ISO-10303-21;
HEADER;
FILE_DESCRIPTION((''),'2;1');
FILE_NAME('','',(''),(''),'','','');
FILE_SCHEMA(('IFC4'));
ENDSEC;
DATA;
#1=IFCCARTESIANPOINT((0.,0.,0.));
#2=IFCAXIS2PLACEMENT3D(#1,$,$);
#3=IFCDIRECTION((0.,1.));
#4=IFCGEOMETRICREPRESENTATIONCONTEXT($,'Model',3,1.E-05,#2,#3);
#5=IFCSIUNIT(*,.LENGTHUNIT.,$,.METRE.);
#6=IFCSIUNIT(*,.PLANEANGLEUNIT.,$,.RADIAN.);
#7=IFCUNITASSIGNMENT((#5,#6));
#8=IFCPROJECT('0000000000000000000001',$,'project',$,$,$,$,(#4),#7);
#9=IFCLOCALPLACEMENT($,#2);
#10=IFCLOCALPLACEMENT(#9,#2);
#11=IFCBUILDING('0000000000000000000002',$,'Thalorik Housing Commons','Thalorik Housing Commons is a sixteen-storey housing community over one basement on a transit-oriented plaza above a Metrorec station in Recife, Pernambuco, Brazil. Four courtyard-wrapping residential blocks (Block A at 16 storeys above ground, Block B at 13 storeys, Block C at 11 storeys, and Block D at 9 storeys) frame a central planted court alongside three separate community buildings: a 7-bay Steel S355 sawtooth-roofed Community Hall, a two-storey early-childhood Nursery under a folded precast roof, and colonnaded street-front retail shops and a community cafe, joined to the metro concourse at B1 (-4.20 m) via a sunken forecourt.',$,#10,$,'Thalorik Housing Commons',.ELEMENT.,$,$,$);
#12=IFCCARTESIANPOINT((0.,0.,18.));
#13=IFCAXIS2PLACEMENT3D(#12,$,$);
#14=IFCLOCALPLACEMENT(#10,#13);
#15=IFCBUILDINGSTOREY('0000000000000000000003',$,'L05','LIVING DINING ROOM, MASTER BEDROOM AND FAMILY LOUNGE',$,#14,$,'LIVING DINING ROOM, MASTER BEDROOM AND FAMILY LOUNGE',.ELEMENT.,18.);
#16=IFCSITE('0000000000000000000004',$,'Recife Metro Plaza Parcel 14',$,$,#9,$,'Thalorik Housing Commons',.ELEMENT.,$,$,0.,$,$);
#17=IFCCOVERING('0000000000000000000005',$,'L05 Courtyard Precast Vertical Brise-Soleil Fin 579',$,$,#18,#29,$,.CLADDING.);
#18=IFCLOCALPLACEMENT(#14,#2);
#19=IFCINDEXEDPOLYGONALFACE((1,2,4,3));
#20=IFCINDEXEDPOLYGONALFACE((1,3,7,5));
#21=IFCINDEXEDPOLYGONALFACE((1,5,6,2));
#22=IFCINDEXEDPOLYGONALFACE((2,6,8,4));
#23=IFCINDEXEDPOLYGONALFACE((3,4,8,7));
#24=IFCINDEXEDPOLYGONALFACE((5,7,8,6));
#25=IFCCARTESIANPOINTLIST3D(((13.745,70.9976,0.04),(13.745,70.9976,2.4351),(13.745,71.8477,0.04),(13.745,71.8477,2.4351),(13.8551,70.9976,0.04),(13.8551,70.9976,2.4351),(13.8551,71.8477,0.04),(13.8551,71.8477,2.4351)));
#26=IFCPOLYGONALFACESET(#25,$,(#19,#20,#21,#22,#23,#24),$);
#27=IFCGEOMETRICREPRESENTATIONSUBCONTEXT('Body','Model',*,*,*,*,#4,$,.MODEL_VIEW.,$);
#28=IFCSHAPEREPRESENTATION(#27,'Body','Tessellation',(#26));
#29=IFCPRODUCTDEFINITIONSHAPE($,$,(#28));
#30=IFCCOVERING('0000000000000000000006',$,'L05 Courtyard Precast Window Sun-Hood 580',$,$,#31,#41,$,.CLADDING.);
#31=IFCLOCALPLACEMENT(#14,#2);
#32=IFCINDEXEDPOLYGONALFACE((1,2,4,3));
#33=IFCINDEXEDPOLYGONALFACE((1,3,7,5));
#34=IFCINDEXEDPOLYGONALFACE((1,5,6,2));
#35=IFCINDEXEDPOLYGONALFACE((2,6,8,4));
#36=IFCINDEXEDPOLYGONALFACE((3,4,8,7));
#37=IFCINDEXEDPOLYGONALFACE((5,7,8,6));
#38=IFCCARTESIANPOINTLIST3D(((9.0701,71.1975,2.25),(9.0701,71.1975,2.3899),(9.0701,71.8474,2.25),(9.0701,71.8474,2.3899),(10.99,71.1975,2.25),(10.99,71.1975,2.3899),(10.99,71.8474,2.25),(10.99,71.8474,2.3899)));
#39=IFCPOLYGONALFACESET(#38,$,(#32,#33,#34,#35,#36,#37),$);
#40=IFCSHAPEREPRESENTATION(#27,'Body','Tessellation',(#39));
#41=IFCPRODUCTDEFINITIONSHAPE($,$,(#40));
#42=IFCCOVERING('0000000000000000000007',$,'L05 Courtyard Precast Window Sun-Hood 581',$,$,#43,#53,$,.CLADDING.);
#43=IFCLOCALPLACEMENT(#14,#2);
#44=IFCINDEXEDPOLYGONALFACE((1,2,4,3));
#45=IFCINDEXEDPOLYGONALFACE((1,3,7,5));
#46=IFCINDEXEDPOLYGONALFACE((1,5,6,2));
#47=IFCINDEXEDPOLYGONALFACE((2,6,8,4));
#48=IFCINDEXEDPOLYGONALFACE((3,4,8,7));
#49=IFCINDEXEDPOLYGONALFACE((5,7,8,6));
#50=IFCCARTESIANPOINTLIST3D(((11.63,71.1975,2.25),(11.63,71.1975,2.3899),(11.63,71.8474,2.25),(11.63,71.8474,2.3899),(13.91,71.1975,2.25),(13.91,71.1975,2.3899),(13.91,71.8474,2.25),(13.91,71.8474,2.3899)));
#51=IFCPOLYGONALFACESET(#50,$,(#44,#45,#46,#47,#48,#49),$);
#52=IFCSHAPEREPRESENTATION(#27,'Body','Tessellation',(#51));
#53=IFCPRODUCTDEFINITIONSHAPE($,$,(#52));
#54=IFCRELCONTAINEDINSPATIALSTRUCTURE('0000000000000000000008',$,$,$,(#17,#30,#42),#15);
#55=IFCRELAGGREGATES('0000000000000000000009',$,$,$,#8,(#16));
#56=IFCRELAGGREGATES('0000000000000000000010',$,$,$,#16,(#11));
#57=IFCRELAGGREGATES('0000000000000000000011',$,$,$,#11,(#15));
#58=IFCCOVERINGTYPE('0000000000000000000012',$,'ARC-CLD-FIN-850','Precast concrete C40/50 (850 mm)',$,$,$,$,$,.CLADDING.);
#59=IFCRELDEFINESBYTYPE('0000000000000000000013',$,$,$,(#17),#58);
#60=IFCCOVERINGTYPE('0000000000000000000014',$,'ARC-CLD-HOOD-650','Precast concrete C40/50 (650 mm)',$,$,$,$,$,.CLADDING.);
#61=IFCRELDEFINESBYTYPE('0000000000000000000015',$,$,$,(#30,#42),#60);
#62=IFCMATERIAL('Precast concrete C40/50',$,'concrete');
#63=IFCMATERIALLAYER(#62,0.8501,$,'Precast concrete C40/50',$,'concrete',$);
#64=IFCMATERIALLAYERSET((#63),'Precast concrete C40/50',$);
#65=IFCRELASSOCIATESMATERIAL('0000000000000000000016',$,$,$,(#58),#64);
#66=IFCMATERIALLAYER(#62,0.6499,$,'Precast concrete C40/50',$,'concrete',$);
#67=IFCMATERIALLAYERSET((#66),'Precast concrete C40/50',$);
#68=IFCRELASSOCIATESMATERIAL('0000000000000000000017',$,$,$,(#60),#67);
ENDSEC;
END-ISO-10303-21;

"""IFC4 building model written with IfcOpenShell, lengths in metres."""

from ifc_helpers import new_model, si_unit, direction, frame, origin, origin_2d, place, context, subcontext, project, spatial, rectangle, extrude, material, layer, layer_set, type_object, element, save


model = new_model("IFC4")

# Units and contexts
model_context = context("Model", 3, precision=1e-05, world=origin(), true_north=direction((0.0, 1.0)))
body_context = subcontext(model_context, "Body", "Model", "MODEL_VIEW")
ifc_project = project(units=[si_unit("LENGTHUNIT", "METRE"), si_unit("PLANEANGLEUNIT", "RADIAN")], contexts=[model_context])

# Site, building, storey
site_placement = place(None, origin())
site = spatial("IfcSite", under=ifc_project, at=site_placement, Name="Recife Metro Plaza Parcel 14", LongName="Thalorik Housing Commons", CompositionType="ELEMENT", RefElevation=0.0)
building_placement = place(site_placement, origin())
building = spatial("IfcBuilding", under=site, at=building_placement, Name="Thalorik Housing Commons", Description="Thalorik Housing Commons is a sixteen-storey housing community over one basement on a transit-oriented plaza above a Metrorec station in Recife, Pernambuco, Brazil. Four courtyard-wrapping residential blocks (Block A at 16 storeys above ground, Block B at 13 storeys, Block C at 11 storeys, and Block D at 9 storeys) frame a central planted court alongside three separate community buildings: a 7-bay Steel S355 sawtooth-roofed Community Hall, a two-storey early-childhood Nursery under a folded precast roof, and colonnaded street-front retail shops and a community cafe, joined to the metro concourse at B1 (-4.20 m) via a sunken forecourt.", LongName="Thalorik Housing Commons", CompositionType="ELEMENT")
storey_placement = place(building_placement, frame((0.0, 0.0, 18.0)))
storey = spatial("IfcBuildingStorey", under=building, at=storey_placement, Name="L05", Description="LIVING DINING ROOM, MASTER BEDROOM AND FAMILY LOUNGE", LongName="LIVING DINING ROOM, MASTER BEDROOM AND FAMILY LOUNGE", CompositionType="ELEMENT", Elevation=18.0)

# Shared definitions
ifc_material_1 = material(Name="Precast concrete C40/50", Category="concrete")

# Coverings
ifc_layer_1 = layer(ifc_material_1, 0.8501, Name="Precast concrete C40/50", Category="concrete")
ifc_layer_set_1 = layer_set([ifc_layer_1], Name="Precast concrete C40/50")
covering_type_1 = type_object("IfcCoveringType", Name="ARC-CLD-FIN-850", Description="Precast concrete C40/50 (850 mm)", PredefinedType="CLADDING", material=ifc_layer_set_1)
covering_1_placement = place(storey_placement, frame((13.8, 71.4226, 0.04), z_axis=(0.0, 0.0, 1.0), x_axis=(1.0, 0.0, 0.0)))
element("IfcCovering", 1, at=covering_1_placement, inside=storey, type_object=covering_type_1, Name="L05 Courtyard Precast Vertical Brise-Soleil Fin 579", PredefinedType="CLADDING", context=body_context, shape_type="SweptSolid", body=[
    extrude(rectangle(XDim=0.1101, YDim=0.8501, at=origin_2d()), origin(), (0.0, 0.0, 1.0), 2.395),
])
ifc_layer_2 = layer(ifc_material_1, 0.6499, Name="Precast concrete C40/50", Category="concrete")
ifc_layer_set_2 = layer_set([ifc_layer_2], Name="Precast concrete C40/50")
covering_type_2 = type_object("IfcCoveringType", Name="ARC-CLD-HOOD-650", Description="Precast concrete C40/50 (650 mm)", PredefinedType="CLADDING", material=ifc_layer_set_2)
covering_2_placement = place(storey_placement, frame((10.03, 71.5225, 2.25), z_axis=(0.0, 0.0, 1.0), x_axis=(1.0, 0.0, 0.0)))
element("IfcCovering", 2, at=covering_2_placement, inside=storey, type_object=covering_type_2, Name="L05 Courtyard Precast Window Sun-Hood 580", PredefinedType="CLADDING", context=body_context, shape_type="SweptSolid", body=[
    extrude(rectangle(XDim=1.9199, YDim=0.6499, at=origin_2d()), origin(), (0.0, 0.0, 1.0), 0.1399),
])
covering_3_placement = place(storey_placement, frame((12.77, 71.5225, 2.25), z_axis=(0.0, 0.0, 1.0), x_axis=(1.0, 0.0, 0.0)))
element("IfcCovering", 3, at=covering_3_placement, inside=storey, type_object=covering_type_2, Name="L05 Courtyard Precast Window Sun-Hood 581", PredefinedType="CLADDING", context=body_context, shape_type="SweptSolid", body=[
    extrude(rectangle(XDim=2.28, YDim=0.6499, at=origin_2d()), origin(), (0.0, 0.0, 1.0), 0.1399),
])

save(model, "model.ifc")
